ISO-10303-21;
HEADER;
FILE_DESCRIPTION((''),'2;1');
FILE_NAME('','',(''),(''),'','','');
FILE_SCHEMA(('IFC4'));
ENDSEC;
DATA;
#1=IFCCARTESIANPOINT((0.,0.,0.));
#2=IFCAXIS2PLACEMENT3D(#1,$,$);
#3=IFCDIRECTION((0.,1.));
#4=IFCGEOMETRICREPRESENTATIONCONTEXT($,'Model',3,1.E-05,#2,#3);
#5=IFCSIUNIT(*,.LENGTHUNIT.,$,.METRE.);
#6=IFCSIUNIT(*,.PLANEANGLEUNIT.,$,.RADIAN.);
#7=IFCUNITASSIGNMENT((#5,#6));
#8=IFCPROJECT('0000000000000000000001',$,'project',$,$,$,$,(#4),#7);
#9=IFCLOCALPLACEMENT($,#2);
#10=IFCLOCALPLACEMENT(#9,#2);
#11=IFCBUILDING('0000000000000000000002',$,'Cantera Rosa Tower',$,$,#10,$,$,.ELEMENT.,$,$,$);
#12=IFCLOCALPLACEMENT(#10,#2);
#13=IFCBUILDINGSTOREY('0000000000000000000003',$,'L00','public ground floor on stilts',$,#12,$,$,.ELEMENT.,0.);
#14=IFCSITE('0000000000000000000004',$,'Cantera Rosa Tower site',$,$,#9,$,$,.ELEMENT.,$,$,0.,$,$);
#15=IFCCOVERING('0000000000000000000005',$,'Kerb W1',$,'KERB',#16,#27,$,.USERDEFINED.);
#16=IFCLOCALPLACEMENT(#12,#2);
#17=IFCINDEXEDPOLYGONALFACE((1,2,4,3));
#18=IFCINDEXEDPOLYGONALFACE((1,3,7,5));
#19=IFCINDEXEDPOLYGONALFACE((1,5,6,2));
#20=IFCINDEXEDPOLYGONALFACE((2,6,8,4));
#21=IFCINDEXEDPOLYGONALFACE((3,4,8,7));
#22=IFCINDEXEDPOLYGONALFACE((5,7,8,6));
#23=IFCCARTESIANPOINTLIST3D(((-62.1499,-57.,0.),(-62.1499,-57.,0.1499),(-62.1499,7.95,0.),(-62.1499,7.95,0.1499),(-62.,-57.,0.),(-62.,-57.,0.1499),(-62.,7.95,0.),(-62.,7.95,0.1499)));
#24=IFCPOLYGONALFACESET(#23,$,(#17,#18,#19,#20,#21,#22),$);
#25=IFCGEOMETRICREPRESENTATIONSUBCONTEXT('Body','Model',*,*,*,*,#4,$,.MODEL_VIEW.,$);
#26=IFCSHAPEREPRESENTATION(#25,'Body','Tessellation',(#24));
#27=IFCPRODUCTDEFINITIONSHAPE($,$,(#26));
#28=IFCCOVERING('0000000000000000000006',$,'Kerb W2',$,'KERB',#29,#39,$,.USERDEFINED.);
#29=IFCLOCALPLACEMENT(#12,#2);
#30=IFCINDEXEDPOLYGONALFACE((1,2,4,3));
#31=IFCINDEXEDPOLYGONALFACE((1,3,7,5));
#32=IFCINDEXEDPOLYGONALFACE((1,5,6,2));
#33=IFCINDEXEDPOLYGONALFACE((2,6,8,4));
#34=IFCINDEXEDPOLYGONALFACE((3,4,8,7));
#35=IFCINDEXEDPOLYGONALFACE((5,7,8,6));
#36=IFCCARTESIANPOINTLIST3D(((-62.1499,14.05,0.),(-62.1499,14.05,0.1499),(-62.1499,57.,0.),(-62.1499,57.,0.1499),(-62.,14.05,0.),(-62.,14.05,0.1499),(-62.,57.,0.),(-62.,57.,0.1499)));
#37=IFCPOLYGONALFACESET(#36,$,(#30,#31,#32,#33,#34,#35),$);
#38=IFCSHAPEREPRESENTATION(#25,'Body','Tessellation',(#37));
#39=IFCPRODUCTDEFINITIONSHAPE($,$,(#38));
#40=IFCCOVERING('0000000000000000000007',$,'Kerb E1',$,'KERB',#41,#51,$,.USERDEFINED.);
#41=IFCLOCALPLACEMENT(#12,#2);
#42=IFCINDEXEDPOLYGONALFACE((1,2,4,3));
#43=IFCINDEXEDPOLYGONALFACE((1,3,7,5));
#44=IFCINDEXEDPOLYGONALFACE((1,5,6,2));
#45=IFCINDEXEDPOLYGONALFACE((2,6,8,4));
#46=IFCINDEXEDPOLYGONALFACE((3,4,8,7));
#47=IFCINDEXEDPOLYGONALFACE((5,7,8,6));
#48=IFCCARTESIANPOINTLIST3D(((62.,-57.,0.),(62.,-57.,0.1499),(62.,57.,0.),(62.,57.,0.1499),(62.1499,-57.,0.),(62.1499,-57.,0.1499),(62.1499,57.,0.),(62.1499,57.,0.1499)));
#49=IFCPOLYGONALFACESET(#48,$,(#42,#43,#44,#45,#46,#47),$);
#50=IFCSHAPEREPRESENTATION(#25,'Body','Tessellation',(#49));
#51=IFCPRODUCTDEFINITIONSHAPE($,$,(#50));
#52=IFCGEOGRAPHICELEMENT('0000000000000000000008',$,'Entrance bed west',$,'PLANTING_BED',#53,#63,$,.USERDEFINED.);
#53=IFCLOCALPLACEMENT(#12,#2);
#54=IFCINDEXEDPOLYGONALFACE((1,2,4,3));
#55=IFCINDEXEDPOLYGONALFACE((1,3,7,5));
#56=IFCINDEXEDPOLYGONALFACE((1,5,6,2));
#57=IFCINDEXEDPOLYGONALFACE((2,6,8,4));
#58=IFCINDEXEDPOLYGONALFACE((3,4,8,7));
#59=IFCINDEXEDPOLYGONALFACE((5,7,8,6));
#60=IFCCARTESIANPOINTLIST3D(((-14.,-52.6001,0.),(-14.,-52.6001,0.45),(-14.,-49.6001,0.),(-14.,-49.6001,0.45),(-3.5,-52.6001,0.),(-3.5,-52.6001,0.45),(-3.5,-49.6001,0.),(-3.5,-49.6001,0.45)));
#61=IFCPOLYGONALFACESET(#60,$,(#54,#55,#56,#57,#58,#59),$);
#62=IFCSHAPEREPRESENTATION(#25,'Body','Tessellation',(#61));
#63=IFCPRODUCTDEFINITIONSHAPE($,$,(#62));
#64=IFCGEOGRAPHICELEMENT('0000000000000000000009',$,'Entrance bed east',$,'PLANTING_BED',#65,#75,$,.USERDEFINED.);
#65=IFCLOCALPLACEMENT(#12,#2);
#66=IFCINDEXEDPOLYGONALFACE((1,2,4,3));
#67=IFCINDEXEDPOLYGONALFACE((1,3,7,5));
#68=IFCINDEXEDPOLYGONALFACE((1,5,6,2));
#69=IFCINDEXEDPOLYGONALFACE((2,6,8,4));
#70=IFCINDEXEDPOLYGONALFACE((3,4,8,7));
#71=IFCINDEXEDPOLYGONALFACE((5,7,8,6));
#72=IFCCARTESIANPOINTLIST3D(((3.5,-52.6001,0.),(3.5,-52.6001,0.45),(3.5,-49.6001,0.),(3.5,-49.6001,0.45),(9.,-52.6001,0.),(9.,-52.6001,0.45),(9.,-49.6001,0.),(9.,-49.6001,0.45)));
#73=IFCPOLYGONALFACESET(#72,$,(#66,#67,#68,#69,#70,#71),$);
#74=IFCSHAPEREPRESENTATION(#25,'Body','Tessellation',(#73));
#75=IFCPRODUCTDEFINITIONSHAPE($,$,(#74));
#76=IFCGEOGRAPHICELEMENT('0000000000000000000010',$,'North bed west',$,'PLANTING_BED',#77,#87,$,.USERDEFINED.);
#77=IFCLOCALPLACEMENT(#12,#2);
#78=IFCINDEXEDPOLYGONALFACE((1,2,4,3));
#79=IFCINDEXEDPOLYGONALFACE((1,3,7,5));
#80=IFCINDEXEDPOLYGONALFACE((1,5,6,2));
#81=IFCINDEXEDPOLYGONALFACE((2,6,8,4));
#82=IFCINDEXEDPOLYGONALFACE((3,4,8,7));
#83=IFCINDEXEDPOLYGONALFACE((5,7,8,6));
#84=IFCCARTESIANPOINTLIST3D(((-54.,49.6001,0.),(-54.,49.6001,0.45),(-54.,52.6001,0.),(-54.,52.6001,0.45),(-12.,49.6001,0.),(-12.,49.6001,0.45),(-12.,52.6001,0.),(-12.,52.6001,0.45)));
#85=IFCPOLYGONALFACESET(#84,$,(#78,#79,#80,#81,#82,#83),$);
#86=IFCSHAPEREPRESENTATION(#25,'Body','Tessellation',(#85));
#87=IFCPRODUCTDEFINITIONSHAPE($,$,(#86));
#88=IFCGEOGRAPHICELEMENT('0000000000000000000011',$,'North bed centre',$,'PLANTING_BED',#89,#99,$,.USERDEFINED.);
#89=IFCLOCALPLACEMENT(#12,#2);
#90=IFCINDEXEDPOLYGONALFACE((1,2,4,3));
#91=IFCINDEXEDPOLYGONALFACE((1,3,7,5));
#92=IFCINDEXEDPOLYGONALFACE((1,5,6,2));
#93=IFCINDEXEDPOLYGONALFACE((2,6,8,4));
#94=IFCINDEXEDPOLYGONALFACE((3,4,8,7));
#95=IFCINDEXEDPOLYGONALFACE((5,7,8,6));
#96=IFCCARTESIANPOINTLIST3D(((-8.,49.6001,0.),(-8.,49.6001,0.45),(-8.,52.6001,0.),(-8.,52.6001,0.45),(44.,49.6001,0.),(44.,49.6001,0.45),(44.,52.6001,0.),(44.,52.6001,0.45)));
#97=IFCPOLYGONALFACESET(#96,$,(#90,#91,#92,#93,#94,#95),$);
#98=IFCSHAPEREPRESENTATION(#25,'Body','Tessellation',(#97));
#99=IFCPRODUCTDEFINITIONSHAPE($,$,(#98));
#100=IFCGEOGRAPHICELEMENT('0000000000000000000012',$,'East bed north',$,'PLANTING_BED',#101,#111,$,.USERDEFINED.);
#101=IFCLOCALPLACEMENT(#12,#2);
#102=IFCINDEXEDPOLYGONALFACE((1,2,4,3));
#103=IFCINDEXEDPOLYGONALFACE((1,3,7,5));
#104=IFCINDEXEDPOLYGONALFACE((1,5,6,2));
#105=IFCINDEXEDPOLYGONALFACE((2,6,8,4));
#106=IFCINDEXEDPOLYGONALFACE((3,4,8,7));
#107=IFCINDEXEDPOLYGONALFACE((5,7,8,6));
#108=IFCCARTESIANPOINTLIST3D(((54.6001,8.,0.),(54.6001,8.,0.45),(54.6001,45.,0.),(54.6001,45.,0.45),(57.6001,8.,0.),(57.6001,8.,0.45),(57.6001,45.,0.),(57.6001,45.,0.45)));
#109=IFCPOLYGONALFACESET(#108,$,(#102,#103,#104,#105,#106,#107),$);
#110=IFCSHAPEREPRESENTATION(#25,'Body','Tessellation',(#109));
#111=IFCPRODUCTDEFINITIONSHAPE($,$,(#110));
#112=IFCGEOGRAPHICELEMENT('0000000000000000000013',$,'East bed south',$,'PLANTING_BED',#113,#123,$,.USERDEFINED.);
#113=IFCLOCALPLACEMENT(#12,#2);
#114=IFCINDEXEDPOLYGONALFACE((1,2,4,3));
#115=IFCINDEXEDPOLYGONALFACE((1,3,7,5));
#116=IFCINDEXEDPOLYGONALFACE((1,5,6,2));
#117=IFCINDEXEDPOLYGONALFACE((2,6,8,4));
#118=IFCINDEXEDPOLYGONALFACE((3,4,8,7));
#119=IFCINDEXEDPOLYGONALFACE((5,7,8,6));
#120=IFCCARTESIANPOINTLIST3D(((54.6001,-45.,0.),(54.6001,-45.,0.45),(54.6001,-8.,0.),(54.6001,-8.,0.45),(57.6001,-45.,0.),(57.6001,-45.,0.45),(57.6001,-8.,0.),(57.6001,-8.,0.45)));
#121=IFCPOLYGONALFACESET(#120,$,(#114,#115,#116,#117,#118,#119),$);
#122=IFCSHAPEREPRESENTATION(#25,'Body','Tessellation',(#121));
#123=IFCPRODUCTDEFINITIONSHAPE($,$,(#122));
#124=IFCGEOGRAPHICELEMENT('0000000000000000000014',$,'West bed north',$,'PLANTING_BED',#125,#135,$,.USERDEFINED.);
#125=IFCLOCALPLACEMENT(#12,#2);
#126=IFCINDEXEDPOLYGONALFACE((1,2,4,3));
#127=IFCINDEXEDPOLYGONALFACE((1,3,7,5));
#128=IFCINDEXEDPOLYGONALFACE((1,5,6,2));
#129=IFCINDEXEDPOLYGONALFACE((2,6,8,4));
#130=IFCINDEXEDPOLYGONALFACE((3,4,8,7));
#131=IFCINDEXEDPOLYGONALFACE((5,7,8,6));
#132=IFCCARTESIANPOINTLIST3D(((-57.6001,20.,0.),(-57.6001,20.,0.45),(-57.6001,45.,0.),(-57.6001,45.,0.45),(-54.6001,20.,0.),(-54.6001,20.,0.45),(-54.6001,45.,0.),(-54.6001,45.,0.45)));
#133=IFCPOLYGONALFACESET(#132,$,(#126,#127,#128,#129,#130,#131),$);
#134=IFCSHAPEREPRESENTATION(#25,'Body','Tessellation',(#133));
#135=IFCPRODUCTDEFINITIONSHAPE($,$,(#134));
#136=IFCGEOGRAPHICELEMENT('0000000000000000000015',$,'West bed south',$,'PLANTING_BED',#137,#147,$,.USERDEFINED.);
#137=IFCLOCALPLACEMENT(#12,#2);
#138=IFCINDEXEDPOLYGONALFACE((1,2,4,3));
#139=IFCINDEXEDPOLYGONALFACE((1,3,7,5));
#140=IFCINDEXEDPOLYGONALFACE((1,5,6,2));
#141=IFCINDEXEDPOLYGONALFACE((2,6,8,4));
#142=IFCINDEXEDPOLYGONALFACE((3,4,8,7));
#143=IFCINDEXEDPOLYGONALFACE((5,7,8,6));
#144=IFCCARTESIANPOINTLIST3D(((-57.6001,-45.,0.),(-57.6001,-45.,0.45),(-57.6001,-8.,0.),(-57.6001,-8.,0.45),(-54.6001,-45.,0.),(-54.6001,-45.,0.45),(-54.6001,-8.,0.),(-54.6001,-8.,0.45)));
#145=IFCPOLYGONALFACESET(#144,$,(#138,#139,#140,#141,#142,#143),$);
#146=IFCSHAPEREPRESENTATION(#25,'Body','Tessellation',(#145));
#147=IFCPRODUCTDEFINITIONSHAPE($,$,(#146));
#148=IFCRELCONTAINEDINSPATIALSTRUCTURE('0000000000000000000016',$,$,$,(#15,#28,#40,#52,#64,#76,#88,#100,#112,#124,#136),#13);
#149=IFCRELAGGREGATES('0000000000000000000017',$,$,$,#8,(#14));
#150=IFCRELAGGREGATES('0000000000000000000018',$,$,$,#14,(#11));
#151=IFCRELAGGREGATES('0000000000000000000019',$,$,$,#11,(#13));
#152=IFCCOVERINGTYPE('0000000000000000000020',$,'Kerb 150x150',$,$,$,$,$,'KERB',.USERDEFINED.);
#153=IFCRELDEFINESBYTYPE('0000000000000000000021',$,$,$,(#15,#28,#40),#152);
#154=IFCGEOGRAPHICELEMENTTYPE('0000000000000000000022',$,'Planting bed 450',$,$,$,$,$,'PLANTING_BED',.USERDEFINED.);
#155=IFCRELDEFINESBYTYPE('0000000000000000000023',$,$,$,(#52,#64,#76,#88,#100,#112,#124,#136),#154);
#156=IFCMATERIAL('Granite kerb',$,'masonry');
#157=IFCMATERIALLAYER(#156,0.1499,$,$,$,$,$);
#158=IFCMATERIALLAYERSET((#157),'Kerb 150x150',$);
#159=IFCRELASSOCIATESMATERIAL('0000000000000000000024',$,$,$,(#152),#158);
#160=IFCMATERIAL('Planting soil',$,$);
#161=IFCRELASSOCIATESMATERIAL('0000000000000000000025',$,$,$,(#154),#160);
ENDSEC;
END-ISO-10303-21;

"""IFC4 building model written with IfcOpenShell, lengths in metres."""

from ifc_helpers import new_model, si_unit, direction, origin, place, context, subcontext, project, spatial, polyline, outline, extrude, material, layer, layer_set, type_object, element, save


model = new_model("IFC4")

# Units and contexts
model_context = context("Model", 3, precision=1e-05, world=origin(), true_north=direction((0.0, 1.0)))
body_context = subcontext(model_context, "Body", "Model", "MODEL_VIEW")
ifc_project = project(units=[si_unit("LENGTHUNIT", "METRE"), si_unit("PLANEANGLEUNIT", "RADIAN")], contexts=[model_context])

# Site, building, storey
site_placement = place(None, origin())
site = spatial("IfcSite", under=ifc_project, at=site_placement, Name="Cantera Rosa Tower site", CompositionType="ELEMENT", RefElevation=0.0)
building_placement = place(site_placement, origin())
building = spatial("IfcBuilding", under=site, at=building_placement, Name="Cantera Rosa Tower", CompositionType="ELEMENT")
storey_placement = place(building_placement, origin())
storey = spatial("IfcBuildingStorey", under=building, at=storey_placement, Name="L00", Description="public ground floor on stilts", CompositionType="ELEMENT", Elevation=0.0)

# Coverings
ifc_material_1 = material(Name="Granite kerb", Category="masonry")
ifc_layer_1 = layer(ifc_material_1, 0.1499)
ifc_layer_set_1 = layer_set([ifc_layer_1], Name="Kerb 150x150")
covering_type_1 = type_object("IfcCoveringType", Name="Kerb 150x150", ElementType="KERB", PredefinedType="USERDEFINED", material=ifc_layer_set_1)
covering_1_placement = place(storey_placement, origin())
element("IfcCovering", 1, at=covering_1_placement, inside=storey, type_object=covering_type_1, Name="Kerb W1", ObjectType="KERB", PredefinedType="USERDEFINED", context=body_context, shape_type="SweptSolid", body=[
    extrude(outline(polyline([(-62.0, -57.0), (-62.0, 7.95), (-62.1499, 7.95), (-62.1499, -57.0), (-62.0, -57.0)])), origin(), (0.0, 0.0, 1.0), 0.1499),
])
covering_2_placement = place(storey_placement, origin())
element("IfcCovering", 2, at=covering_2_placement, inside=storey, type_object=covering_type_1, Name="Kerb W2", ObjectType="KERB", PredefinedType="USERDEFINED", context=body_context, shape_type="SweptSolid", body=[
    extrude(outline(polyline([(-62.0, 14.05), (-62.0, 57.0), (-62.1499, 57.0), (-62.1499, 14.05), (-62.0, 14.05)])), origin(), (0.0, 0.0, 1.0), 0.1499),
])
covering_3_placement = place(storey_placement, origin())
element("IfcCovering", 3, at=covering_3_placement, inside=storey, type_object=covering_type_1, Name="Kerb E1", ObjectType="KERB", PredefinedType="USERDEFINED", context=body_context, shape_type="SweptSolid", body=[
    extrude(outline(polyline([(62.1499, -57.0), (62.1499, 57.0), (62.0, 57.0), (62.0, -57.0), (62.1499, -57.0)])), origin(), (0.0, 0.0, 1.0), 0.1499),
])

# Geographic elements
ifc_material_2 = material(Name="Planting soil")
geographic_element_type = type_object("IfcGeographicElementType", Name="Planting bed 450", ElementType="PLANTING_BED", PredefinedType="USERDEFINED", material=ifc_material_2)
geographic_element_1_placement = place(storey_placement, origin())
element("IfcGeographicElement", 4, at=geographic_element_1_placement, inside=storey, type_object=geographic_element_type, Name="Entrance bed west", ObjectType="PLANTING_BED", PredefinedType="USERDEFINED", context=body_context, shape_type="SweptSolid", body=[
    extrude(outline(polyline([(-3.5, -52.6001), (-3.5, -49.6001), (-14.0, -49.6001), (-14.0, -52.6001), (-3.5, -52.6001)])), origin(), (0.0, 0.0, 1.0), 0.45),
])
geographic_element_2_placement = place(storey_placement, origin())
element("IfcGeographicElement", 5, at=geographic_element_2_placement, inside=storey, type_object=geographic_element_type, Name="Entrance bed east", ObjectType="PLANTING_BED", PredefinedType="USERDEFINED", context=body_context, shape_type="SweptSolid", body=[
    extrude(outline(polyline([(9.0, -52.6001), (9.0, -49.6001), (3.5, -49.6001), (3.5, -52.6001), (9.0, -52.6001)])), origin(), (0.0, 0.0, 1.0), 0.45),
])
geographic_element_3_placement = place(storey_placement, origin())
element("IfcGeographicElement", 6, at=geographic_element_3_placement, inside=storey, type_object=geographic_element_type, Name="North bed west", ObjectType="PLANTING_BED", PredefinedType="USERDEFINED", context=body_context, shape_type="SweptSolid", body=[
    extrude(outline(polyline([(-12.0, 49.6001), (-12.0, 52.6001), (-54.0, 52.6001), (-54.0, 49.6001), (-12.0, 49.6001)])), origin(), (0.0, 0.0, 1.0), 0.45),
])
geographic_element_4_placement = place(storey_placement, origin())
element("IfcGeographicElement", 7, at=geographic_element_4_placement, inside=storey, type_object=geographic_element_type, Name="North bed centre", ObjectType="PLANTING_BED", PredefinedType="USERDEFINED", context=body_context, shape_type="SweptSolid", body=[
    extrude(outline(polyline([(44.0, 49.6001), (44.0, 52.6001), (-8.0, 52.6001), (-8.0, 49.6001), (44.0, 49.6001)])), origin(), (0.0, 0.0, 1.0), 0.45),
])
geographic_element_5_placement = place(storey_placement, origin())
element("IfcGeographicElement", 8, at=geographic_element_5_placement, inside=storey, type_object=geographic_element_type, Name="East bed north", ObjectType="PLANTING_BED", PredefinedType="USERDEFINED", context=body_context, shape_type="SweptSolid", body=[
    extrude(outline(polyline([(57.6001, 8.0), (57.6001, 45.0), (54.6001, 45.0), (54.6001, 8.0), (57.6001, 8.0)])), origin(), (0.0, 0.0, 1.0), 0.45),
])
geographic_element_6_placement = place(storey_placement, origin())
element("IfcGeographicElement", 9, at=geographic_element_6_placement, inside=storey, type_object=geographic_element_type, Name="East bed south", ObjectType="PLANTING_BED", PredefinedType="USERDEFINED", context=body_context, shape_type="SweptSolid", body=[
    extrude(outline(polyline([(57.6001, -45.0), (57.6001, -8.0), (54.6001, -8.0), (54.6001, -45.0), (57.6001, -45.0)])), origin(), (0.0, 0.0, 1.0), 0.45),
])
geographic_element_7_placement = place(storey_placement, origin())
element("IfcGeographicElement", 10, at=geographic_element_7_placement, inside=storey, type_object=geographic_element_type, Name="West bed north", ObjectType="PLANTING_BED", PredefinedType="USERDEFINED", context=body_context, shape_type="SweptSolid", body=[
    extrude(outline(polyline([(-54.6001, 20.0), (-54.6001, 45.0), (-57.6001, 45.0), (-57.6001, 20.0), (-54.6001, 20.0)])), origin(), (0.0, 0.0, 1.0), 0.45),
])
geographic_element_8_placement = place(storey_placement, origin())
element("IfcGeographicElement", 11, at=geographic_element_8_placement, inside=storey, type_object=geographic_element_type, Name="West bed south", ObjectType="PLANTING_BED", PredefinedType="USERDEFINED", context=body_context, shape_type="SweptSolid", body=[
    extrude(outline(polyline([(-54.6001, -45.0), (-54.6001, -8.0), (-57.6001, -8.0), (-57.6001, -45.0), (-54.6001, -45.0)])), origin(), (0.0, 0.0, 1.0), 0.45),
])

save(model, "model.ifc")
